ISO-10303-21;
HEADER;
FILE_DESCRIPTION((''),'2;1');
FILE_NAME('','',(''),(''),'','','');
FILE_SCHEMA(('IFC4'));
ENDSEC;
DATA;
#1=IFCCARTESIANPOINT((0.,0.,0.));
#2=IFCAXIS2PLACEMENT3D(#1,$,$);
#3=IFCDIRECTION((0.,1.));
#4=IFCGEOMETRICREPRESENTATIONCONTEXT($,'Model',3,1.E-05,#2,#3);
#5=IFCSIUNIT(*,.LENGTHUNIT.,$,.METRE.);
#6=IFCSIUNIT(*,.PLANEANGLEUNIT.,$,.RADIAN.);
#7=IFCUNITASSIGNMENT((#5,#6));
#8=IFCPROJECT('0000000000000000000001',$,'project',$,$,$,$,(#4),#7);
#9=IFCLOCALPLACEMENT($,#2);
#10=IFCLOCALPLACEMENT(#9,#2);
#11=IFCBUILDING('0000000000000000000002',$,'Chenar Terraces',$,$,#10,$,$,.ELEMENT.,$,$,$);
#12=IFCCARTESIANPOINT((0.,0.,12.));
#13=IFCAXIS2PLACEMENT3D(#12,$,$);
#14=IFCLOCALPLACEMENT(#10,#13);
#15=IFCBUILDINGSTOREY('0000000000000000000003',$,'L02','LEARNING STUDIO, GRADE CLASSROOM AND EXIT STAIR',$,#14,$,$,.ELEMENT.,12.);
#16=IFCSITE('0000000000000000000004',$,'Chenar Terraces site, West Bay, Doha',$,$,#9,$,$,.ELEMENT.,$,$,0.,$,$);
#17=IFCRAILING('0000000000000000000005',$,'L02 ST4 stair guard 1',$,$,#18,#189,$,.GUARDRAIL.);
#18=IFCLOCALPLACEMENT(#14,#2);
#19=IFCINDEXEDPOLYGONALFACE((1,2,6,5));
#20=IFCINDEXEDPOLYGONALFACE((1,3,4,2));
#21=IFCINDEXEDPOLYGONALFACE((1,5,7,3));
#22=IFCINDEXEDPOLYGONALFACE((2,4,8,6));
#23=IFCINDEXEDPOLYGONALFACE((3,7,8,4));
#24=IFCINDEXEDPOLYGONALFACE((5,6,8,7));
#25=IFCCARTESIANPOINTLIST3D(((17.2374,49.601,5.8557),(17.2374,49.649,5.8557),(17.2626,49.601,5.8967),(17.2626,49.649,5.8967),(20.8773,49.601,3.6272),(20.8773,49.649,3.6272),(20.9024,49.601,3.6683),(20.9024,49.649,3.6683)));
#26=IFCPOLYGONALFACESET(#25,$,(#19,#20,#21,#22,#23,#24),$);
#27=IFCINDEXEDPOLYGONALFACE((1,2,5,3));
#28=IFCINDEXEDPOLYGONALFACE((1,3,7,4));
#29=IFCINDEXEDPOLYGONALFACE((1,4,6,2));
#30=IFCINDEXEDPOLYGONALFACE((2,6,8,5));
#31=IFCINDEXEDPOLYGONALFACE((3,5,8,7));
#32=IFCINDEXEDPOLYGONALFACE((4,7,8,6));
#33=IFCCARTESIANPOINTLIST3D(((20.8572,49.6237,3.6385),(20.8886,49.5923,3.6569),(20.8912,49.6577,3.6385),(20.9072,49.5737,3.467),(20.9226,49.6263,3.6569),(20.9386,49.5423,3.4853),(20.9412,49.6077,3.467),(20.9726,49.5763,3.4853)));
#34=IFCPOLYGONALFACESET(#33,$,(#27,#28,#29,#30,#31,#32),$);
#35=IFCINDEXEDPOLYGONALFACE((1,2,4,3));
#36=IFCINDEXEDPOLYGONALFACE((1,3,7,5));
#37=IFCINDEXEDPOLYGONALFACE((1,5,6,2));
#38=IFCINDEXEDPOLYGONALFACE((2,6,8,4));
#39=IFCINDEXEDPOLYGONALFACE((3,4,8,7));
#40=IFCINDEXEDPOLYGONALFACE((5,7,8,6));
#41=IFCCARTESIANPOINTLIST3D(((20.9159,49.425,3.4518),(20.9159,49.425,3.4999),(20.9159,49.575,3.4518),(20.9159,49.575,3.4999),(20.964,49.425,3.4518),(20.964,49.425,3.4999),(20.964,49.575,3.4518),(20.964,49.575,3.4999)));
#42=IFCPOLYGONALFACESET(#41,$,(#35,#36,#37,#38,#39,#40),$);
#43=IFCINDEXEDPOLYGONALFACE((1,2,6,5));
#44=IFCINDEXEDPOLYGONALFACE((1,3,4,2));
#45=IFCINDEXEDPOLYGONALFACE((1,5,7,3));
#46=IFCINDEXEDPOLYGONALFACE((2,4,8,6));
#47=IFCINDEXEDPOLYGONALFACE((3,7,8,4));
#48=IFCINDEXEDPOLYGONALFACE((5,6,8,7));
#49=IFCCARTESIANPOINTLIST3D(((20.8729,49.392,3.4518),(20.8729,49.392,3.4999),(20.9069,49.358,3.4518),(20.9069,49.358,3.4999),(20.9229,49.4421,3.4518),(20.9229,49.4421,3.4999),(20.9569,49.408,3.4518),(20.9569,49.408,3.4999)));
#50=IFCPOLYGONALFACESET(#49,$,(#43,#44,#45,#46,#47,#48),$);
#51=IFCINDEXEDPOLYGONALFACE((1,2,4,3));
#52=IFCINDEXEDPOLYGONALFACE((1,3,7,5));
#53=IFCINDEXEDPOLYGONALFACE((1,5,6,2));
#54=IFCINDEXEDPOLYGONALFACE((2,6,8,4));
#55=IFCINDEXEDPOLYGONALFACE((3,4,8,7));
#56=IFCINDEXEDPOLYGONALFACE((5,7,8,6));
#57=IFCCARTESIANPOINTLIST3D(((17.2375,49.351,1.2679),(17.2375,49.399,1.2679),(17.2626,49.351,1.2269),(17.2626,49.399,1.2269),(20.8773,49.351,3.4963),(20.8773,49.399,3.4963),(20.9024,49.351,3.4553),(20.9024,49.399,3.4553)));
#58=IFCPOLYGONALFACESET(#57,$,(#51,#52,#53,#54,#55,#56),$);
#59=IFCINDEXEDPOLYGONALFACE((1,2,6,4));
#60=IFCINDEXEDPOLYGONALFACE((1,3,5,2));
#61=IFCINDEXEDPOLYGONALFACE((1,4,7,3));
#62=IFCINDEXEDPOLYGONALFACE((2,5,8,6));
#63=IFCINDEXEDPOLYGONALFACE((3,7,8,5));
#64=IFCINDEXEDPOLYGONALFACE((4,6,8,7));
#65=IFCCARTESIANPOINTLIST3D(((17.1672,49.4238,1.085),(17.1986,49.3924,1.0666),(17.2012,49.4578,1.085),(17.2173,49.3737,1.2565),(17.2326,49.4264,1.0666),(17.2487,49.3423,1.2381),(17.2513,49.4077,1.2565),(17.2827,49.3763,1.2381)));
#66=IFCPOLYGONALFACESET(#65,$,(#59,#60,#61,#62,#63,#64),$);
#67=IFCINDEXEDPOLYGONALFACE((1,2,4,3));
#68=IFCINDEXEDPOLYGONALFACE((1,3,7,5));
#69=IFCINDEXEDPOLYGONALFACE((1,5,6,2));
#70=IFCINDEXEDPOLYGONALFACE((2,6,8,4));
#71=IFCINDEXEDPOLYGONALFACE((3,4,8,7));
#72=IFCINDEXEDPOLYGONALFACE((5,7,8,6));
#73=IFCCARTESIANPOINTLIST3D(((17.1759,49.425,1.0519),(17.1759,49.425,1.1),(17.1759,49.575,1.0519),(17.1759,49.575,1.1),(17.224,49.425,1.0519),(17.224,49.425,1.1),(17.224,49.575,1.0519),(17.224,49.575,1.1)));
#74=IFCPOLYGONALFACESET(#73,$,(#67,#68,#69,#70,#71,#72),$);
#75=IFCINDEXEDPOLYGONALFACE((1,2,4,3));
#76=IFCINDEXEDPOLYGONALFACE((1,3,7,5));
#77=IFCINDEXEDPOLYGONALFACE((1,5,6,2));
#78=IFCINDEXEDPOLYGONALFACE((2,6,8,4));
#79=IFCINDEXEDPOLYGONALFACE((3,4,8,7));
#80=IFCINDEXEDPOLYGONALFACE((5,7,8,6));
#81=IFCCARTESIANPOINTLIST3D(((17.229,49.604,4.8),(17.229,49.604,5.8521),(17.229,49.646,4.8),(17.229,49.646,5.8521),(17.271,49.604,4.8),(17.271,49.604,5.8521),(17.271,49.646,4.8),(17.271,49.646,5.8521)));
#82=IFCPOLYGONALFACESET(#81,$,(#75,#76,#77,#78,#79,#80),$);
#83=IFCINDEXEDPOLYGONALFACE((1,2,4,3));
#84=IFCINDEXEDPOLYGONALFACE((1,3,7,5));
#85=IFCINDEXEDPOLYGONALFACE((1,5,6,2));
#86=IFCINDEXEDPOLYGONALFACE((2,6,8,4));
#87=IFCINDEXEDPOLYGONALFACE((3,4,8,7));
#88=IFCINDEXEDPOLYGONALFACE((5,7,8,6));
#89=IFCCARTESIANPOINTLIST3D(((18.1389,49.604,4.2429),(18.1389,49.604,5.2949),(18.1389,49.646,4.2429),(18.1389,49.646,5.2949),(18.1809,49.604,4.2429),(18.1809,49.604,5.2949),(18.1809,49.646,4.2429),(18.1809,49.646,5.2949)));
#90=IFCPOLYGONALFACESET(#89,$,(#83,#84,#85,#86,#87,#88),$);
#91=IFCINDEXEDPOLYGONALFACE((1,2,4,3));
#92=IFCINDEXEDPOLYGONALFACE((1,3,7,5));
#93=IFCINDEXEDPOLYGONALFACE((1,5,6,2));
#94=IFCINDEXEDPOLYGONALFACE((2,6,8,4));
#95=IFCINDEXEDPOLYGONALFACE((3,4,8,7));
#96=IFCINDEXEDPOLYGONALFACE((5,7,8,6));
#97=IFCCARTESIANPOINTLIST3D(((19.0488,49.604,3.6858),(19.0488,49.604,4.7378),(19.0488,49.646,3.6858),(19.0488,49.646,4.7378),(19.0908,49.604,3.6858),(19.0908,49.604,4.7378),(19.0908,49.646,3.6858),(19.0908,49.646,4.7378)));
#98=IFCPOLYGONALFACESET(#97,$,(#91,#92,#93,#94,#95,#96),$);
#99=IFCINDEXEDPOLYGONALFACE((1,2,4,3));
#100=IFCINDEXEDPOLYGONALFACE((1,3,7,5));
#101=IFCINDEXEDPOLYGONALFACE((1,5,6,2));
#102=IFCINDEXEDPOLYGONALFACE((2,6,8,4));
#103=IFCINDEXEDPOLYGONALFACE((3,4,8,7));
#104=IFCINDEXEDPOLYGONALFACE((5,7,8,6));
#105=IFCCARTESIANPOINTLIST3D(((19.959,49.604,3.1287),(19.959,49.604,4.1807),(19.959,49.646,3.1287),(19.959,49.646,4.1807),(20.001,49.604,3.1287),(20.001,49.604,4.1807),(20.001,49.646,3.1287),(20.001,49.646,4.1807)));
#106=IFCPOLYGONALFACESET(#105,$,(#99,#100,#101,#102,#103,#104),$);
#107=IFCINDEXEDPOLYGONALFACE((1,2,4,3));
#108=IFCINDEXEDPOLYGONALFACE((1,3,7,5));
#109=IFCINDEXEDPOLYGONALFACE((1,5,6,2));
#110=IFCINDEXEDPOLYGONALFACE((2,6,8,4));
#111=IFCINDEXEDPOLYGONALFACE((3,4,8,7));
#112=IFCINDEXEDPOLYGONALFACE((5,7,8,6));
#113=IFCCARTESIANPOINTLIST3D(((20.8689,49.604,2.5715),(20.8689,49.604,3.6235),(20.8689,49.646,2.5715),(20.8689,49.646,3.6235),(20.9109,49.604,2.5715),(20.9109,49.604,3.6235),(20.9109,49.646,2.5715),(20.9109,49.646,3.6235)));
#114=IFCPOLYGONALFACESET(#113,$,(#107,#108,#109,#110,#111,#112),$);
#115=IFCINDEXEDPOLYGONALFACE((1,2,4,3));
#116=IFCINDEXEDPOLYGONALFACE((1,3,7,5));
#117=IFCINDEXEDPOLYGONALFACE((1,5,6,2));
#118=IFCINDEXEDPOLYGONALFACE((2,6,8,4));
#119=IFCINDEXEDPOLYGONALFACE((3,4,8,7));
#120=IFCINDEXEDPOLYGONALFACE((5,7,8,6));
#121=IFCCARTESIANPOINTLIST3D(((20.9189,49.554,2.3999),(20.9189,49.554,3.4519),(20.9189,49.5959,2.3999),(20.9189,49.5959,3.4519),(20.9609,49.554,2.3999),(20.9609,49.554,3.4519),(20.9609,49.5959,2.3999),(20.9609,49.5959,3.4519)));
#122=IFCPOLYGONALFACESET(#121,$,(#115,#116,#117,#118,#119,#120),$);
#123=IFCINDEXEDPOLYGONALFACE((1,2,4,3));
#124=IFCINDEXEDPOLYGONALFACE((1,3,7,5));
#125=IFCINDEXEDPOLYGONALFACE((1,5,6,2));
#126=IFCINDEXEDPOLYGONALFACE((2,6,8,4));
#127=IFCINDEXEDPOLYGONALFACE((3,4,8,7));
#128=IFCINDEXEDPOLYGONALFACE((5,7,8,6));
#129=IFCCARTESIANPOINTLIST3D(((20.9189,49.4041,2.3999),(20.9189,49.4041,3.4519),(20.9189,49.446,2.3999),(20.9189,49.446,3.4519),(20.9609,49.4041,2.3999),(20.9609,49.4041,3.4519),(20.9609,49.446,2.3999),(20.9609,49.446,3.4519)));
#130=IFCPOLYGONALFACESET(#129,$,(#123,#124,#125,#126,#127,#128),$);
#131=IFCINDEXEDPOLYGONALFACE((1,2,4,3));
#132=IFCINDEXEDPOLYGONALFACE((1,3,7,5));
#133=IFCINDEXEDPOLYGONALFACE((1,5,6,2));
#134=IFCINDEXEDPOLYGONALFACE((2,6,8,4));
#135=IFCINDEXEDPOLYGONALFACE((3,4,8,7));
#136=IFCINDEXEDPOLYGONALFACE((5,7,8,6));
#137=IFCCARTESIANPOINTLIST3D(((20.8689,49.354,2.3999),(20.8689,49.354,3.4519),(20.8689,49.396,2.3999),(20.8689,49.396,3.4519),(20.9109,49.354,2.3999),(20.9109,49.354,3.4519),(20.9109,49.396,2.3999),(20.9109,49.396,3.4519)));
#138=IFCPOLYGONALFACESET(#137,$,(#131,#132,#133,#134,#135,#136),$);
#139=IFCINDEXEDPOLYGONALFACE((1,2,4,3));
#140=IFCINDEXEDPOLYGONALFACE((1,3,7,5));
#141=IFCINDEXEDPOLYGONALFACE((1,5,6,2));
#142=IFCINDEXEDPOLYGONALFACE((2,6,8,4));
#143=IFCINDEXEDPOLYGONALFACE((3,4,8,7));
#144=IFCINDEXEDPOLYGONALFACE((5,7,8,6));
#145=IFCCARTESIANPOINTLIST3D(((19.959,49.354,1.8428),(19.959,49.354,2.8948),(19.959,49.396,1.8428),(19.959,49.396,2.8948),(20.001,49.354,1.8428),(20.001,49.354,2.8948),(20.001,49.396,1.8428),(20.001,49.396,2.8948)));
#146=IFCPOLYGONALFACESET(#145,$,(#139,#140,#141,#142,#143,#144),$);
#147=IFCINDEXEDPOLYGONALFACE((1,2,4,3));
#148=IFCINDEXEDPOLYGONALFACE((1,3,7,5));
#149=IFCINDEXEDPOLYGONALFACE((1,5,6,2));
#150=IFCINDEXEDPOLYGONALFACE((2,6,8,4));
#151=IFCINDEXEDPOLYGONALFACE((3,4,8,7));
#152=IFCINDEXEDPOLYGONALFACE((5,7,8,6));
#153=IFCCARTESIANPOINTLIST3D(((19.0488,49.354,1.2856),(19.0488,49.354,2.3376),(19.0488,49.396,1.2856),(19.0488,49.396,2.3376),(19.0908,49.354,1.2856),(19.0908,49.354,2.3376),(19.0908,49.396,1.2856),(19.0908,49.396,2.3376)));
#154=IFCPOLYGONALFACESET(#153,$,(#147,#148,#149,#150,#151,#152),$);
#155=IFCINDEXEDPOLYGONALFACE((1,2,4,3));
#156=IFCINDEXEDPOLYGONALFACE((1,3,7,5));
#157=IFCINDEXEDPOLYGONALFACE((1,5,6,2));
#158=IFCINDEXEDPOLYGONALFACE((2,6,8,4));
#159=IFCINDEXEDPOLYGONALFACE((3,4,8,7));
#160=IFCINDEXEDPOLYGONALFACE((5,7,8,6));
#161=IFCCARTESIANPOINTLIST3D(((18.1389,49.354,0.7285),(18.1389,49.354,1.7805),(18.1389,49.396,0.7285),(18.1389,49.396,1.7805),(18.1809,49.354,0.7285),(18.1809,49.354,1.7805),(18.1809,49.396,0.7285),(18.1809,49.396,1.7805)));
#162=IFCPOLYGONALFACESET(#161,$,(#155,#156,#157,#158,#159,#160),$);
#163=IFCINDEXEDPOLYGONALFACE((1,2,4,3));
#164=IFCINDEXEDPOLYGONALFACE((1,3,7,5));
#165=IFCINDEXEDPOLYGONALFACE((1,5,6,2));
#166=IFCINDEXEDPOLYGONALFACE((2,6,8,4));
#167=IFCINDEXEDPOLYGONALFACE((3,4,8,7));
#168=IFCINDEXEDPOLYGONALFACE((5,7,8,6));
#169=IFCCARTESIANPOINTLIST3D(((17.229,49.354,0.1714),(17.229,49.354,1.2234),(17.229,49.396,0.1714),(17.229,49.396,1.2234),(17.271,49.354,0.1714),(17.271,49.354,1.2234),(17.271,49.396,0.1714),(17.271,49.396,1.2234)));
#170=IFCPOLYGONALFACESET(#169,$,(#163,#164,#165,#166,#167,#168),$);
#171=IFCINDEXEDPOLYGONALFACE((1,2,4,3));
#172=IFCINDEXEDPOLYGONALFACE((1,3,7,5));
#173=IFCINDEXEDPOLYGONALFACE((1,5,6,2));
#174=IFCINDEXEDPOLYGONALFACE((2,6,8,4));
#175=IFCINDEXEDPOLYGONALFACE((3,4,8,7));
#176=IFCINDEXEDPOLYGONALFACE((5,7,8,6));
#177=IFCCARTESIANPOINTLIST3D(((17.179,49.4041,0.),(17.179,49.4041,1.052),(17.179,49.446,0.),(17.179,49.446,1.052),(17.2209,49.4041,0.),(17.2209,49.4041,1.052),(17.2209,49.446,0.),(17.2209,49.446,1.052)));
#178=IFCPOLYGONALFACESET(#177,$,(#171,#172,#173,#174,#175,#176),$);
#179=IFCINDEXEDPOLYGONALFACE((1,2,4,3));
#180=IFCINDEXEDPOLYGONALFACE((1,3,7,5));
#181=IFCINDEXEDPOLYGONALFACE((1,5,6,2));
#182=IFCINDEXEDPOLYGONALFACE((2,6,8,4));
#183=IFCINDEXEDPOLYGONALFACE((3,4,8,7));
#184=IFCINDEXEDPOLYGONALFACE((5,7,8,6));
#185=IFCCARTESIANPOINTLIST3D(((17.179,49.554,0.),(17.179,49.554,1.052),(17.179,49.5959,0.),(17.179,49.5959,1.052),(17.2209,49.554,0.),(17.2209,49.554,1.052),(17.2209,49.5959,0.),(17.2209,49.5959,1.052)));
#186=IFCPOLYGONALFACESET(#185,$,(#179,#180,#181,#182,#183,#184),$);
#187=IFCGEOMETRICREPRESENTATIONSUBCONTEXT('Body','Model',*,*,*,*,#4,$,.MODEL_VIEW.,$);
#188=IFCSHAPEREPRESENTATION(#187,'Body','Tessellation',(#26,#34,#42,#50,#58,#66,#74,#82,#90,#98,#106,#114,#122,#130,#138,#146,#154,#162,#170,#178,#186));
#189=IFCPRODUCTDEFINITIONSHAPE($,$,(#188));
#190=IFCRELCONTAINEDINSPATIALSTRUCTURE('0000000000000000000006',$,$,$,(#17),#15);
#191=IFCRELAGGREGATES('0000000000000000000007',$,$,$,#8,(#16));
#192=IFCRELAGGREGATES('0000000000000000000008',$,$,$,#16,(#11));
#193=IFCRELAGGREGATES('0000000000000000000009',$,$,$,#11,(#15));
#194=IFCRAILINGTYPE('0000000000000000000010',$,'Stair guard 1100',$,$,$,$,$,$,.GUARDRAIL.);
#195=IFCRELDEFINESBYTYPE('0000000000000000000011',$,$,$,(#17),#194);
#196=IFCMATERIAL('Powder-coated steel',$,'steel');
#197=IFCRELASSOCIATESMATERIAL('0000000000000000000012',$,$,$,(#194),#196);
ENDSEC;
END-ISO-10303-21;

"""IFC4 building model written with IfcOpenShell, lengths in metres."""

from ifc_helpers import new_model, si_unit, direction, frame, origin, origin_2d, place, context, subcontext, project, spatial, rectangle, extrude, material, type_object, element, save


model = new_model("IFC4")

# Units and contexts
model_context = context("Model", 3, precision=1e-05, world=origin(), true_north=direction((0.0, 1.0)))
body_context = subcontext(model_context, "Body", "Model", "MODEL_VIEW")
ifc_project = project(units=[si_unit("LENGTHUNIT", "METRE"), si_unit("PLANEANGLEUNIT", "RADIAN")], contexts=[model_context])

# Site, building, storey
site_placement = place(None, origin())
site = spatial("IfcSite", under=ifc_project, at=site_placement, Name="Chenar Terraces site, West Bay, Doha", CompositionType="ELEMENT", RefElevation=0.0)
building_placement = place(site_placement, origin())
building = spatial("IfcBuilding", under=site, at=building_placement, Name="Chenar Terraces", CompositionType="ELEMENT")
storey_placement = place(building_placement, frame((0.0, 0.0, 12.0)))
storey = spatial("IfcBuildingStorey", under=building, at=storey_placement, Name="L02", Description="LEARNING STUDIO, GRADE CLASSROOM AND EXIT STAIR", CompositionType="ELEMENT", Elevation=12.0)

# Railing
ifc_material_1 = material(Name="Powder-coated steel", Category="steel")
railing_type_1 = type_object("IfcRailingType", Name="Stair guard 1100", PredefinedType="GUARDRAIL", material=ifc_material_1)
railing_1_placement = place(storey_placement, frame((17.25, 49.625, 4.8)))
element("IfcRailing", 1, at=railing_1_placement, inside=storey, type_object=railing_type_1, Name="L02 ST4 stair guard 1", PredefinedType="GUARDRAIL", context=body_context, shape_type="SweptSolid", body=[
    extrude(rectangle(XDim=0.0481, YDim=0.0481, at=origin_2d()), frame((0.0, 0.0, 1.0762), z_axis=(0.85285, 0.0, -0.522156), x_axis=(0.0, 1.0, 0.0)), (0.0, 0.0, 1.0), 4.2678),
    extrude(rectangle(XDim=0.0481, YDim=0.0481, at=origin_2d()), frame((3.6399, 0.0, -1.1523), z_axis=(0.269583, -0.269583, -0.924473), x_axis=(0.707107, 0.707107, 0.0)), (0.0, 0.0, 1.0), 0.1855),
    extrude(rectangle(XDim=0.0481, YDim=0.0481, at=origin_2d()), frame((3.6899, -0.05, -1.3242), z_axis=(0.0, -1.0, 0.0), x_axis=(1.0, 0.0, 0.0)), (0.0, 0.0, 1.0), 0.1499),
    extrude(rectangle(XDim=0.0481, YDim=0.0481, at=origin_2d()), frame((3.6899, -0.2, -1.3242), z_axis=(-0.707107, -0.707107, 0.0), x_axis=(0.707107, -0.707107, 0.0)), (0.0, 0.0, 1.0), 0.0708),
    extrude(rectangle(XDim=0.0481, YDim=0.0481, at=origin_2d()), frame((3.6399, -0.25, -1.3242), z_axis=(-0.85285, 0.0, -0.522156), x_axis=(0.0, -1.0, 0.0)), (0.0, 0.0, 1.0), 4.2678),
    extrude(rectangle(XDim=0.0481, YDim=0.0481, at=origin_2d()), frame((0.0, -0.25, -3.5527), z_axis=(-0.269911, 0.269911, -0.924281), x_axis=(-0.707107, -0.707107, 0.0)), (0.0, 0.0, 1.0), 0.1855),
    extrude(rectangle(XDim=0.0481, YDim=0.0481, at=origin_2d()), frame((-0.05, -0.2, -3.7241), z_axis=(0.0, 1.0, 0.0), x_axis=(-1.0, 0.0, 0.0)), (0.0, 0.0, 1.0), 0.1499),
    extrude(rectangle(XDim=0.042, YDim=0.042, at=origin_2d()), origin(), (0.0, 0.0, 1.0), 1.052),
    extrude(rectangle(XDim=0.042, YDim=0.042, at=origin_2d()), frame((0.9099, 0.0, -0.5571)), (0.0, 0.0, 1.0), 1.052),
    extrude(rectangle(XDim=0.042, YDim=0.042, at=origin_2d()), frame((1.8198, 0.0, -1.1143)), (0.0, 0.0, 1.0), 1.052),
    extrude(rectangle(XDim=0.042, YDim=0.042, at=origin_2d()), frame((2.73, 0.0, -1.6714)), (0.0, 0.0, 1.0), 1.052),
    extrude(rectangle(XDim=0.042, YDim=0.042, at=origin_2d()), frame((3.6399, 0.0, -2.2285)), (0.0, 0.0, 1.0), 1.052),
    extrude(rectangle(XDim=0.042, YDim=0.042, at=origin_2d()), frame((3.6899, -0.05, -2.4001)), (0.0, 0.0, 1.0), 1.052),
    extrude(rectangle(XDim=0.042, YDim=0.042, at=origin_2d()), frame((3.6899, -0.2, -2.4001)), (0.0, 0.0, 1.0), 1.052),
    extrude(rectangle(XDim=0.042, YDim=0.042, at=origin_2d()), frame((3.6399, -0.25, -2.4001)), (0.0, 0.0, 1.0), 1.052),
    extrude(rectangle(XDim=0.042, YDim=0.042, at=origin_2d()), frame((2.73, -0.25, -2.9573)), (0.0, 0.0, 1.0), 1.052),
    extrude(rectangle(XDim=0.042, YDim=0.042, at=origin_2d()), frame((1.8198, -0.25, -3.5144)), (0.0, 0.0, 1.0), 1.052),
    extrude(rectangle(XDim=0.042, YDim=0.042, at=origin_2d()), frame((0.9099, -0.25, -4.0715)), (0.0, 0.0, 1.0), 1.052),
    extrude(rectangle(XDim=0.042, YDim=0.042, at=origin_2d()), frame((0.0, -0.25, -4.6287)), (0.0, 0.0, 1.0), 1.052),
    extrude(rectangle(XDim=0.042, YDim=0.042, at=origin_2d()), frame((-0.05, -0.2, -4.8)), (0.0, 0.0, 1.0), 1.052),
    extrude(rectangle(XDim=0.042, YDim=0.042, at=origin_2d()), frame((-0.05, -0.05, -4.8)), (0.0, 0.0, 1.0), 1.052),
])

save(model, "model.ifc")
